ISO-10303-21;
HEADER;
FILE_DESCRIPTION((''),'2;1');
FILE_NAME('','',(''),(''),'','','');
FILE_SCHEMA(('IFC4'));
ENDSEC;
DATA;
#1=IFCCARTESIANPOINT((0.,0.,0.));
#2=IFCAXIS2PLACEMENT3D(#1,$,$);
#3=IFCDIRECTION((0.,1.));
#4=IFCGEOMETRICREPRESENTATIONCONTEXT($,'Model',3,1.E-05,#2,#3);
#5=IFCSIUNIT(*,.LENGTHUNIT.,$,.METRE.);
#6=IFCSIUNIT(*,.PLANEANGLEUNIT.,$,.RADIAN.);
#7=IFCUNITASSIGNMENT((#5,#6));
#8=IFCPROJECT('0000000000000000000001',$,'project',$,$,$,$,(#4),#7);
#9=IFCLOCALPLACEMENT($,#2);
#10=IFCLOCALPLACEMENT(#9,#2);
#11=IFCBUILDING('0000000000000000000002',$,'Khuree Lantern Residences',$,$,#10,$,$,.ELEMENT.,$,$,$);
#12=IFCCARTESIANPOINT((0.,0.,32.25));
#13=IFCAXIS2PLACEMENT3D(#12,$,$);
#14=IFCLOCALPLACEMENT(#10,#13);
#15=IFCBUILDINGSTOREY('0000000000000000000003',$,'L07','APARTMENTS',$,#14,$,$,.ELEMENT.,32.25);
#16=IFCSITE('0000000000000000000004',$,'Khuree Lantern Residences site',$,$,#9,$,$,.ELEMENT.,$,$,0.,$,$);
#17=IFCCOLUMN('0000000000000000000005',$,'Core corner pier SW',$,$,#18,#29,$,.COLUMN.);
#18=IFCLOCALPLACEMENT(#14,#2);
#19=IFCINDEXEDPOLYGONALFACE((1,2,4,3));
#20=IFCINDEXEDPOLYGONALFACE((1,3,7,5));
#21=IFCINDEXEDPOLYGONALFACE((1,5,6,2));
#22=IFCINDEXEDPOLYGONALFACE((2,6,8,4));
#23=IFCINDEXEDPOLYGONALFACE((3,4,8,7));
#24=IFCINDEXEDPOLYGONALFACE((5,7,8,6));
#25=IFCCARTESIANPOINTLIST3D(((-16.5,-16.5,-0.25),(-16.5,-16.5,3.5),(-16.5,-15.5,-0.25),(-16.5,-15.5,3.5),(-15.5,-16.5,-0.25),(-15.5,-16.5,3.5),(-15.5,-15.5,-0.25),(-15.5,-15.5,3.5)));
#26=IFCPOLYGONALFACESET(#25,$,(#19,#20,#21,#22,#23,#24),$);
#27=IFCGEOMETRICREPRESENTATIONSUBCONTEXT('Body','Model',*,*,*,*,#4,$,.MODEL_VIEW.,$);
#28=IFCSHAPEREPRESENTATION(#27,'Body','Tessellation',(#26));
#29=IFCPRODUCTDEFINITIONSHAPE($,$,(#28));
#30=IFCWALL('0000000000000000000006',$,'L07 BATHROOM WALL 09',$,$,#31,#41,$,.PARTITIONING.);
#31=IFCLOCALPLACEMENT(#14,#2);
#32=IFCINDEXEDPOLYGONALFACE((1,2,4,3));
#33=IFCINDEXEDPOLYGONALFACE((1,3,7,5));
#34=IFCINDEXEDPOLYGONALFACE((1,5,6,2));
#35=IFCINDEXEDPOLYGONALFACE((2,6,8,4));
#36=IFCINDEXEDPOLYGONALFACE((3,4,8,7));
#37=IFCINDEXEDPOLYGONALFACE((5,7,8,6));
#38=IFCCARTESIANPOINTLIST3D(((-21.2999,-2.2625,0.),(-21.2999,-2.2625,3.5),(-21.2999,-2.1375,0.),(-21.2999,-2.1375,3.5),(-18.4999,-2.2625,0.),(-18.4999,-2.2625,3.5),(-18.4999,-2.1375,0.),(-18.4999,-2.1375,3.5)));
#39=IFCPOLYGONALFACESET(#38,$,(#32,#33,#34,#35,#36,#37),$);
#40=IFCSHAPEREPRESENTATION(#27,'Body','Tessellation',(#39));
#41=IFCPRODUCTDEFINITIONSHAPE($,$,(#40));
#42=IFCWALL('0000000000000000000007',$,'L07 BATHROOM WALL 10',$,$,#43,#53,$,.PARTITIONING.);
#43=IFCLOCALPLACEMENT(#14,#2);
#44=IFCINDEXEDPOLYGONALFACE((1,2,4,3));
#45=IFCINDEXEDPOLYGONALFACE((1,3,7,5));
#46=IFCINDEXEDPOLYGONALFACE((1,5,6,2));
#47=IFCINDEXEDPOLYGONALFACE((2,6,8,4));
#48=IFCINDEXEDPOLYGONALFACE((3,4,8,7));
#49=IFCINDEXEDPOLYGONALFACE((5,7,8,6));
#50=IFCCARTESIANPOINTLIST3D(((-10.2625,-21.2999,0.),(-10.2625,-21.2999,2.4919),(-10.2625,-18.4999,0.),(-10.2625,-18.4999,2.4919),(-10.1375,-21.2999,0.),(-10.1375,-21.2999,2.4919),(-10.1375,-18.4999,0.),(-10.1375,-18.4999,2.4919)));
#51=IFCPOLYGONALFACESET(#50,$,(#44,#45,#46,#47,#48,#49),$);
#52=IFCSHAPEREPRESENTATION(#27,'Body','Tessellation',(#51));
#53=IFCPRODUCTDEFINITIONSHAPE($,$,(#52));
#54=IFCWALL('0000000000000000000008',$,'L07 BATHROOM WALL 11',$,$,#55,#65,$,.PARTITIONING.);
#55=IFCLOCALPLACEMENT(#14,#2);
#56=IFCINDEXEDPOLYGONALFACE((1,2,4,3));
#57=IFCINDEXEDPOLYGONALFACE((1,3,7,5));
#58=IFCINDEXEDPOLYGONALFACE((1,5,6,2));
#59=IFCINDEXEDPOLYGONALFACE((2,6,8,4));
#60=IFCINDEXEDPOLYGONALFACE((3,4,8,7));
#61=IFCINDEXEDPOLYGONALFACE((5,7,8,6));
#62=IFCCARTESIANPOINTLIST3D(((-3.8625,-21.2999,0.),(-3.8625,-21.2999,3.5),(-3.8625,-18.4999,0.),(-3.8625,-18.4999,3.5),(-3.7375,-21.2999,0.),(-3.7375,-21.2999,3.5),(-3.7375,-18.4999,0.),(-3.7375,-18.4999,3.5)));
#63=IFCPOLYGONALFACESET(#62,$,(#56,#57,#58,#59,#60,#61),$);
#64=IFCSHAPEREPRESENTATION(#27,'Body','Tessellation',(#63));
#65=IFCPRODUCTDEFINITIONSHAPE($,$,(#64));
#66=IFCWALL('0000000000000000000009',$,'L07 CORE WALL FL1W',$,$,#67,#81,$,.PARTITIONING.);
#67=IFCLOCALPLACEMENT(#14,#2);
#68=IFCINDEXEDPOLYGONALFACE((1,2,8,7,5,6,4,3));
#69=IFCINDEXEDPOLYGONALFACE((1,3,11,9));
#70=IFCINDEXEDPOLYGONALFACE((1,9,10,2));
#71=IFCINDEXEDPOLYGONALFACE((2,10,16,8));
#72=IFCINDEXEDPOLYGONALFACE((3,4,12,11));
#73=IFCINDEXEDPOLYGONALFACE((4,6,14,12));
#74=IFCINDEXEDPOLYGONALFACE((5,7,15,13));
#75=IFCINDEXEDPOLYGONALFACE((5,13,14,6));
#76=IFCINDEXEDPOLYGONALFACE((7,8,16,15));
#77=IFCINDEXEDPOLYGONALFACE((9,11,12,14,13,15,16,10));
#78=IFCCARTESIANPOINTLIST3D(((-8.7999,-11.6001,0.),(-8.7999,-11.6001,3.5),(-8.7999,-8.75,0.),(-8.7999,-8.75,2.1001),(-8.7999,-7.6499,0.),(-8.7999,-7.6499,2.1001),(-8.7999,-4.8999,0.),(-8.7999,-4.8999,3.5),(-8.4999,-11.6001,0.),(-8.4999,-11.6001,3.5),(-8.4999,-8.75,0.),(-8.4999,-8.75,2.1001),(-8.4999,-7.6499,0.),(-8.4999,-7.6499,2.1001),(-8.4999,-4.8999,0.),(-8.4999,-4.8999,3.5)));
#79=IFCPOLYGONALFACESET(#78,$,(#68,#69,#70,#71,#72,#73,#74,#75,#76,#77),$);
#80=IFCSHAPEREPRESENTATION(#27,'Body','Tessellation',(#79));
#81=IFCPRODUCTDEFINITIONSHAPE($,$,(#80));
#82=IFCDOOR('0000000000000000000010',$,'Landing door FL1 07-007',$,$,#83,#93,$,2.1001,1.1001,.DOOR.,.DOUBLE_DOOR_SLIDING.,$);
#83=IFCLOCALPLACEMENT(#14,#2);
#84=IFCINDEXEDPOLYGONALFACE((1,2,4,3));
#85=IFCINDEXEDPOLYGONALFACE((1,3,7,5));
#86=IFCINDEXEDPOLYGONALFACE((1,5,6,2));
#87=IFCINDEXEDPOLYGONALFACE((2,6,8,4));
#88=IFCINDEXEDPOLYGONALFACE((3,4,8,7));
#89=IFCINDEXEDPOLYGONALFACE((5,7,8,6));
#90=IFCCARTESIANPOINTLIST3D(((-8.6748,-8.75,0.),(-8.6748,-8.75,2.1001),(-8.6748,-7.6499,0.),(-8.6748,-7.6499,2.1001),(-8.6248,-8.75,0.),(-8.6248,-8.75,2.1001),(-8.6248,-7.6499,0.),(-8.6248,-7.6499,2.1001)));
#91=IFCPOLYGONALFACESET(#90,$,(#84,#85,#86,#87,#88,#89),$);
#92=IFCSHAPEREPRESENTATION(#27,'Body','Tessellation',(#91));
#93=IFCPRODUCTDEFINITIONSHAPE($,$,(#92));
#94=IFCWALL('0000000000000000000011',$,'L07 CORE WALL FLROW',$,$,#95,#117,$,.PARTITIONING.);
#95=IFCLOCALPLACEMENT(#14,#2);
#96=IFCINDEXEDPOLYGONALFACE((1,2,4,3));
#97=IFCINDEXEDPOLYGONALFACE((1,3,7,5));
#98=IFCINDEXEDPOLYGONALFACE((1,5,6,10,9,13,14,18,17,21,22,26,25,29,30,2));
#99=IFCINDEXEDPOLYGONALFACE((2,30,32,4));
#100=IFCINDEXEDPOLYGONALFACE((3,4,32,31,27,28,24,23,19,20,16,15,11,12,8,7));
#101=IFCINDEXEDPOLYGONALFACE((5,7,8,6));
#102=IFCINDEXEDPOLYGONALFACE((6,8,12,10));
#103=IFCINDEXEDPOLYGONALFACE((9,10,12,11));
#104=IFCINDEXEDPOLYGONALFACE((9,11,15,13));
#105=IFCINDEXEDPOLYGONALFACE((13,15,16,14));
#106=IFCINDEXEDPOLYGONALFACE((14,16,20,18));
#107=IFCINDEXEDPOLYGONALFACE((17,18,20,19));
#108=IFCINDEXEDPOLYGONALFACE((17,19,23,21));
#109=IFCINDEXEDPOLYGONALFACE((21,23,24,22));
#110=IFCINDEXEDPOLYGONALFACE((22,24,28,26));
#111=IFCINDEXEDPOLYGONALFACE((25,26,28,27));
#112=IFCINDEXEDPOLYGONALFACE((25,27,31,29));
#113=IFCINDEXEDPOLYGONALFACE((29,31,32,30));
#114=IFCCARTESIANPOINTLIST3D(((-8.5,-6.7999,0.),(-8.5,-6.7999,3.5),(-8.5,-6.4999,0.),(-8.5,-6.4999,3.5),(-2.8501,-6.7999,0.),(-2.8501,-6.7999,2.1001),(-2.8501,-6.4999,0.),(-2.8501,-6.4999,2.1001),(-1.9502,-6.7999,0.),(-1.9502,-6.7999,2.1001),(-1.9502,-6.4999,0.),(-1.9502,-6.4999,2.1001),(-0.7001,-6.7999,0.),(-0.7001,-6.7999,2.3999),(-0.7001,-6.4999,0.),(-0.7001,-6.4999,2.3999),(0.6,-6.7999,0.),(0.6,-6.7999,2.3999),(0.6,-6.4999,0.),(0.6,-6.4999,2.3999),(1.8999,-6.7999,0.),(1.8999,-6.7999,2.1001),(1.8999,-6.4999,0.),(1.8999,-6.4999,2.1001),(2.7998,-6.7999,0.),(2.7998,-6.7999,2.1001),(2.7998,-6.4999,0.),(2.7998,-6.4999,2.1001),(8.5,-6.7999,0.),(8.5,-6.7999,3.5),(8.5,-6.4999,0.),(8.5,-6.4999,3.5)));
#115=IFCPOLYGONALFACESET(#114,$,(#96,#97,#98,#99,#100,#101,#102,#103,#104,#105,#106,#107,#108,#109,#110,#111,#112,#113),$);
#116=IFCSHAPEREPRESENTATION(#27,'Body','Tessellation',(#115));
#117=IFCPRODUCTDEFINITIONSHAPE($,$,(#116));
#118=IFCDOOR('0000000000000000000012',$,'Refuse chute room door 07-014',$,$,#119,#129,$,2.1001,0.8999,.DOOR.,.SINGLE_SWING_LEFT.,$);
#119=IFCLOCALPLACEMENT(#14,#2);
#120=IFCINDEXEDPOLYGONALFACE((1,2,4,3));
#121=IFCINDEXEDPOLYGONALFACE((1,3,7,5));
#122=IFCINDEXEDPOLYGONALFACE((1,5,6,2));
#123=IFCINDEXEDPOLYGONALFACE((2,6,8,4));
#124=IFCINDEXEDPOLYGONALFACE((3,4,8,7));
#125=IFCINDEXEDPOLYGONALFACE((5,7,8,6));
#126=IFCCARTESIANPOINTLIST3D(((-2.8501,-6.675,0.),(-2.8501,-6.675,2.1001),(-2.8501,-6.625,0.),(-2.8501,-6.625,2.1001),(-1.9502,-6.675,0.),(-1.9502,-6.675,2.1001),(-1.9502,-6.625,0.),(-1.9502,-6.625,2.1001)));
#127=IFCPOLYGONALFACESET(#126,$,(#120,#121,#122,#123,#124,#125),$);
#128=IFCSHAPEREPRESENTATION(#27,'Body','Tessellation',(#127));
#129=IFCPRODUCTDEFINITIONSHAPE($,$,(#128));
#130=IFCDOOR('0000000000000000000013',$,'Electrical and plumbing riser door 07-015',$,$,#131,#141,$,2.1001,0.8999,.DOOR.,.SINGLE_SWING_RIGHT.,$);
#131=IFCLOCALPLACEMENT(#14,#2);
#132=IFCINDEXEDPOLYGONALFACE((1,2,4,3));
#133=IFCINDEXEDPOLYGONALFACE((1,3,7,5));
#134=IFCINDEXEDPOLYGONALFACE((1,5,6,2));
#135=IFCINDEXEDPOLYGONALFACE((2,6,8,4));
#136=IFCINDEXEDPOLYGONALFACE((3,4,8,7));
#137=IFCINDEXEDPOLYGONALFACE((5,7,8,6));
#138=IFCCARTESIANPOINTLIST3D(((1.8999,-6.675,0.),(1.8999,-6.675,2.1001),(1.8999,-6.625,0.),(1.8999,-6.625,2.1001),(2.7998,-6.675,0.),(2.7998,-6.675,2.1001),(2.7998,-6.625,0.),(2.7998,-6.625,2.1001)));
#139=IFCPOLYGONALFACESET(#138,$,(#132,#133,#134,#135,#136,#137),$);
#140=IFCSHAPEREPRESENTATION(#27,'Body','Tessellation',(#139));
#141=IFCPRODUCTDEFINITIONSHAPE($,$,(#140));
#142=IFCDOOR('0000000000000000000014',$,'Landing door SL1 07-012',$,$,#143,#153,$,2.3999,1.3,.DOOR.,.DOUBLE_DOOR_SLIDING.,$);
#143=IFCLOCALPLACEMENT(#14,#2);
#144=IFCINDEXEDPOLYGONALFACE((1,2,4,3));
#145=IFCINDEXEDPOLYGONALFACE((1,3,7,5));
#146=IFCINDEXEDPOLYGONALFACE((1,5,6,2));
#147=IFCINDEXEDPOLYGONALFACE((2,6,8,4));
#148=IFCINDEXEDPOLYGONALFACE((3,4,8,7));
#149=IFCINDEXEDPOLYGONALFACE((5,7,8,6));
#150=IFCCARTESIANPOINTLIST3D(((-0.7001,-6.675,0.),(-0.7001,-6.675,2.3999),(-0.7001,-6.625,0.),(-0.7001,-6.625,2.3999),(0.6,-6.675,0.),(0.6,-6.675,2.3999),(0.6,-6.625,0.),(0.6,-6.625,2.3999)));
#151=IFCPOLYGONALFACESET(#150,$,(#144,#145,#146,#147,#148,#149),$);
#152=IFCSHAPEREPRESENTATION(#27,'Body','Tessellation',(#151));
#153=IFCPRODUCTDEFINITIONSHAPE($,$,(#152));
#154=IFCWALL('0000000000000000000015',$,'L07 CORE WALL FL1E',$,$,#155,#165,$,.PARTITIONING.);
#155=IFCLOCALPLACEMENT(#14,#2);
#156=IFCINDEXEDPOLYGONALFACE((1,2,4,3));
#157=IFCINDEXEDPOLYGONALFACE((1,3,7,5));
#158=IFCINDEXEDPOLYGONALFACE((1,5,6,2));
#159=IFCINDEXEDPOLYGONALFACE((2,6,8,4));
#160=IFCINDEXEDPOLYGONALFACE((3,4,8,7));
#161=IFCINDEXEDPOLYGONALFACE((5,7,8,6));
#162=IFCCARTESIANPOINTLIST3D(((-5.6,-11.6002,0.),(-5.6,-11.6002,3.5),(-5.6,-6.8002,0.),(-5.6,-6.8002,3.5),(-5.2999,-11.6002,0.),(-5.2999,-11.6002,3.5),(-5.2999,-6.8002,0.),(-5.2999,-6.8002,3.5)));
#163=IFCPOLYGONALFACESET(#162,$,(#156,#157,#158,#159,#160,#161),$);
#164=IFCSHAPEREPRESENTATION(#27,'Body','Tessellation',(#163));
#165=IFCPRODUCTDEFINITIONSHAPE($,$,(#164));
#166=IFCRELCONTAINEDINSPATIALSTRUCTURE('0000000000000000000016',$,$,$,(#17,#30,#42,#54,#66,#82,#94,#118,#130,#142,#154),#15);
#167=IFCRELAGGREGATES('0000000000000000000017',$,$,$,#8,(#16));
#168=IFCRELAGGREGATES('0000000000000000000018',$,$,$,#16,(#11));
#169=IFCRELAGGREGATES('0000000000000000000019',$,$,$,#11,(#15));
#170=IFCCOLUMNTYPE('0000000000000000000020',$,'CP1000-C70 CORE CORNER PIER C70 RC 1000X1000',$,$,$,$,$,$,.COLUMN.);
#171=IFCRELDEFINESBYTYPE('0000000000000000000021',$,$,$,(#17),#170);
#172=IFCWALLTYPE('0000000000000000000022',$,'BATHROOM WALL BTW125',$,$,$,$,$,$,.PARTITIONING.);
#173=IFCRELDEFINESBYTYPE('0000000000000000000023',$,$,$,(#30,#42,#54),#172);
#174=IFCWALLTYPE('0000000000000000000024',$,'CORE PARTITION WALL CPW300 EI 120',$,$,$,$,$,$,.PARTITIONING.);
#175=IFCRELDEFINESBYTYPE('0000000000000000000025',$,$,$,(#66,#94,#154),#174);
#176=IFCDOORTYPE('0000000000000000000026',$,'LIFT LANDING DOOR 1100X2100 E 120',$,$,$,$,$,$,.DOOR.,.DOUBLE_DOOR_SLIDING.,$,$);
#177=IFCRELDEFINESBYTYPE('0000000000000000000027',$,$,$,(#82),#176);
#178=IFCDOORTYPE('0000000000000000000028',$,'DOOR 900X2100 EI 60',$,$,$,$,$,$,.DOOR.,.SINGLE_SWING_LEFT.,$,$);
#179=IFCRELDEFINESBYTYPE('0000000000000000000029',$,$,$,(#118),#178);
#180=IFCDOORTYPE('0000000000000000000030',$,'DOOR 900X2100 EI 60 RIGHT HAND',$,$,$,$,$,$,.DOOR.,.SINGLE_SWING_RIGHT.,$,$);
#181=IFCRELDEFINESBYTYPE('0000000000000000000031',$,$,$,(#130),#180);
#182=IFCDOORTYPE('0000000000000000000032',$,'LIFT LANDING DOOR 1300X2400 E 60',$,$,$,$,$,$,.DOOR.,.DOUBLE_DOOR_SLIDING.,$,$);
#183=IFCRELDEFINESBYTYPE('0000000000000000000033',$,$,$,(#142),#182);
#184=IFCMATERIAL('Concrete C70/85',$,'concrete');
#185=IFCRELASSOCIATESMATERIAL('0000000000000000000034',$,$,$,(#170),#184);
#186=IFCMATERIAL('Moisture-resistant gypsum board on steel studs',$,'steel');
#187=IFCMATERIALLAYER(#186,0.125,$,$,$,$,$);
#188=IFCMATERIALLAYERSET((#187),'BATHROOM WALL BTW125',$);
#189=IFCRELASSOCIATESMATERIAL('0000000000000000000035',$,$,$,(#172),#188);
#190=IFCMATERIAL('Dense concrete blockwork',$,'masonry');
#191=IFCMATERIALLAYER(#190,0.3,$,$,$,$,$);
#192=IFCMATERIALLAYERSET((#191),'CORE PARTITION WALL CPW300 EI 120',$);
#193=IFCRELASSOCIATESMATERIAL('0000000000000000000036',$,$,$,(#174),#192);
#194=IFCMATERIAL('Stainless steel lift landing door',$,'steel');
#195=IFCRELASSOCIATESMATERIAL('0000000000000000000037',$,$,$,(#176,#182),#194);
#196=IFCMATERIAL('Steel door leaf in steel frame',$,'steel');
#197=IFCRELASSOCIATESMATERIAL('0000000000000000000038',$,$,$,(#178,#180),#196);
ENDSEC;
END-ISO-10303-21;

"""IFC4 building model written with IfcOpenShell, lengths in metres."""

from ifc_helpers import new_model, si_unit, direction, frame, frame_2d, origin, origin_2d, place, context, subcontext, project, spatial, rectangle, extrude, material, layer, layer_set, material_profile, profile_set, type_object, element, fill, save


model = new_model("IFC4")

# Units and contexts
model_context = context("Model", 3, precision=1e-05, world=origin(), true_north=direction((0.0, 1.0)))
body_context = subcontext(model_context, "Body", "Model", "MODEL_VIEW")
ifc_project = project(units=[si_unit("LENGTHUNIT", "METRE"), si_unit("PLANEANGLEUNIT", "RADIAN")], contexts=[model_context])

# Site, building, storey
site_placement = place(None, origin())
site = spatial("IfcSite", under=ifc_project, at=site_placement, Name="Khuree Lantern Residences site", CompositionType="ELEMENT", RefElevation=0.0)
building_placement = place(site_placement, origin())
building = spatial("IfcBuilding", under=site, at=building_placement, Name="Khuree Lantern Residences", CompositionType="ELEMENT")
storey_placement = place(building_placement, frame((0.0, 0.0, 32.25)))
storey = spatial("IfcBuildingStorey", under=building, at=storey_placement, Name="L07", Description="APARTMENTS", CompositionType="ELEMENT", Elevation=32.25)

# Column
ifc_material_1 = material(Name="Concrete C70/85", Category="concrete")
ifc_material_profile = material_profile(ifc_material_1, rectangle(XDim=1.0, YDim=1.0, at=origin_2d()), Name="RC 1000X1000")
ifc_profile_set = profile_set([ifc_material_profile], Name="Concrete C70/85")
column_type = type_object("IfcColumnType", Name="CP1000-C70 CORE CORNER PIER C70 RC 1000X1000", PredefinedType="COLUMN", material=ifc_profile_set)
column_placement = place(storey_placement, frame((-16.0, -16.0, -0.25), z_axis=(0.0, 0.0, 1.0), x_axis=(1.0, 0.0, 0.0)))
element("IfcColumn", 1, at=column_placement, inside=storey, type_object=column_type, Name="Core corner pier SW", PredefinedType="COLUMN", context=body_context, shape_type="SweptSolid", body=[
    extrude(rectangle(XDim=1.0, YDim=1.0, at=origin_2d()), origin(), (0.0, 0.0, 1.0), 3.75),
])

# Walls
ifc_material_2 = material(Name="Moisture-resistant gypsum board on steel studs", Category="steel")
ifc_layer_1 = layer(ifc_material_2, 0.125)
ifc_layer_set_1 = layer_set([ifc_layer_1], Name="BATHROOM WALL BTW125")
wall_type_1 = type_object("IfcWallType", Name="BATHROOM WALL BTW125", PredefinedType="PARTITIONING", material=ifc_layer_set_1)
wall_1_placement = place(storey_placement, frame((-18.5, -2.2, 0.0), z_axis=(0.0, 0.0, 1.0), x_axis=(-1.0, 0.0, 0.0)))
element("IfcWall", 2, at=wall_1_placement, inside=storey, type_object=wall_type_1, Name="L07 BATHROOM WALL 09", PredefinedType="PARTITIONING", context=body_context, shape_type="SweptSolid", body=[
    extrude(rectangle(XDim=2.8, YDim=0.125, at=frame_2d((1.3999, 0.0))), origin(), (0.0, 0.0, 1.0), 3.5),
])
wall_2_placement = place(storey_placement, frame((-10.2, -18.5, 0.0), z_axis=(0.0, 0.0, 1.0), x_axis=(0.0, -1.0, 0.0)))
element("IfcWall", 3, at=wall_2_placement, inside=storey, type_object=wall_type_1, Name="L07 BATHROOM WALL 10", PredefinedType="PARTITIONING", context=body_context, shape_type="SweptSolid", body=[
    extrude(rectangle(XDim=2.8, YDim=0.125, at=frame_2d((1.3999, 0.0))), origin(), (0.0, 0.0, 1.0), 2.4919),
])
wall_3_placement = place(storey_placement, frame((-3.8, -18.5, 0.0), z_axis=(0.0, 0.0, 1.0), x_axis=(0.0, -1.0, 0.0)))
element("IfcWall", 4, at=wall_3_placement, inside=storey, type_object=wall_type_1, Name="L07 BATHROOM WALL 11", PredefinedType="PARTITIONING", context=body_context, shape_type="SweptSolid", body=[
    extrude(rectangle(XDim=2.8, YDim=0.125, at=frame_2d((1.3999, 0.0))), origin(), (0.0, 0.0, 1.0), 3.5),
])

# Wall, opening, door
ifc_material_3 = material(Name="Dense concrete blockwork", Category="masonry")
ifc_layer_2 = layer(ifc_material_3, 0.3)
ifc_layer_set_2 = layer_set([ifc_layer_2], Name="CORE PARTITION WALL CPW300 EI 120")
wall_type_2 = type_object("IfcWallType", Name="CORE PARTITION WALL CPW300 EI 120", PredefinedType="PARTITIONING", material=ifc_layer_set_2)
wall_4_placement = place(storey_placement, frame((-8.6499, -11.6001, 0.0), z_axis=(0.0, 0.0, 1.0), x_axis=(0.0, 1.0, 0.0)))
wall_4 = element("IfcWall", 5, at=wall_4_placement, inside=storey, type_object=wall_type_2, Name="L07 CORE WALL FL1W", PredefinedType="PARTITIONING", context=body_context, shape_type="SweptSolid", body=[
    extrude(rectangle(XDim=6.7002, YDim=0.3, at=frame_2d((3.3501, 0.0))), origin(), (0.0, 0.0, 1.0), 3.5),
])
opening_1_placement = place(wall_4_placement, frame((2.8501, 0.0, 0.0)))
opening_1 = element("IfcOpeningElement", 6, at=opening_1_placement, cuts=wall_4, PredefinedType="OPENING", context=body_context, shape_type="SweptSolid", body=[
    extrude(rectangle(XDim=1.1001, YDim=2.1001, at=frame_2d((0.55, 1.05))), frame((0.0, 0.1602, 0.0), z_axis=(0.0, -1.0, 0.0), x_axis=(1.0, 0.0, 0.0)), (0.0, 0.0, 1.0), 0.3201),
])
ifc_material_4 = material(Name="Stainless steel lift landing door", Category="steel")
door_type_1 = type_object("IfcDoorType", Name="LIFT LANDING DOOR 1100X2100 E 120", OperationType="DOUBLE_DOOR_SLIDING", PredefinedType="DOOR", material=ifc_material_4)
door_1_placement = place(opening_1_placement, origin())
door_1 = element("IfcDoor", 7, at=door_1_placement, inside=storey, type_object=door_type_1, Name="Landing door FL1 07-007", OperationType="DOUBLE_DOOR_SLIDING", OverallHeight=2.1001, OverallWidth=1.1001, PredefinedType="DOOR", context=body_context, shape_type="SweptSolid", body=[
    extrude(rectangle(XDim=1.1001, YDim=2.1001, at=frame_2d((0.55, 1.05))), frame((0.0, 0.0249, 0.0), z_axis=(0.0, -1.0, 0.0), x_axis=(1.0, 0.0, 0.0)), (0.0, 0.0, 1.0), 0.05),
])
fill(opening_1, door_1)

# Wall, openings, doors
wall_5_placement = place(storey_placement, frame((-8.5, -6.6499, 0.0), z_axis=(0.0, 0.0, 1.0), x_axis=(1.0, 0.0, 0.0)))
wall_5 = element("IfcWall", 8, at=wall_5_placement, inside=storey, type_object=wall_type_2, Name="L07 CORE WALL FLROW", PredefinedType="PARTITIONING", context=body_context, shape_type="SweptSolid", body=[
    extrude(rectangle(XDim=17.0, YDim=0.3, at=frame_2d((8.5, 0.0))), origin(), (0.0, 0.0, 1.0), 3.5),
])
opening_2_placement = place(wall_5_placement, frame((7.8, 0.0, 0.0)))
opening_2 = element("IfcOpeningElement", 9, at=opening_2_placement, cuts=wall_5, PredefinedType="OPENING", context=body_context, shape_type="SweptSolid", body=[
    extrude(rectangle(XDim=1.3, YDim=2.3999, at=frame_2d((0.6499, 1.2))), frame((0.0, 0.1602, 0.0), z_axis=(0.0, -1.0, 0.0), x_axis=(1.0, 0.0, 0.0)), (0.0, 0.0, 1.0), 0.3201),
])
opening_3_placement = place(wall_5_placement, frame((5.6499, 0.0, 0.0)))
opening_3 = element("IfcOpeningElement", 10, at=opening_3_placement, cuts=wall_5, PredefinedType="OPENING", context=body_context, shape_type="SweptSolid", body=[
    extrude(rectangle(XDim=0.8999, YDim=2.1001, at=frame_2d((0.45, 1.05))), frame((0.0, 0.1602, 0.0), z_axis=(0.0, -1.0, 0.0), x_axis=(1.0, 0.0, 0.0)), (0.0, 0.0, 1.0), 0.3201),
])
opening_4_placement = place(wall_5_placement, frame((10.3999, 0.0, 0.0)))
opening_4 = element("IfcOpeningElement", 11, at=opening_4_placement, cuts=wall_5, PredefinedType="OPENING", context=body_context, shape_type="SweptSolid", body=[
    extrude(rectangle(XDim=0.8999, YDim=2.1001, at=frame_2d((0.45, 1.05))), frame((0.0, 0.1602, 0.0), z_axis=(0.0, -1.0, 0.0), x_axis=(1.0, 0.0, 0.0)), (0.0, 0.0, 1.0), 0.3201),
])
ifc_material_5 = material(Name="Steel door leaf in steel frame", Category="steel")
door_type_2 = type_object("IfcDoorType", Name="DOOR 900X2100 EI 60", OperationType="SINGLE_SWING_LEFT", PredefinedType="DOOR", material=ifc_material_5)
door_2_placement = place(opening_3_placement, origin())
door_2 = element("IfcDoor", 12, at=door_2_placement, inside=storey, type_object=door_type_2, Name="Refuse chute room door 07-014", OperationType="SINGLE_SWING_LEFT", OverallHeight=2.1001, OverallWidth=0.8999, PredefinedType="DOOR", context=body_context, shape_type="SweptSolid", body=[
    extrude(rectangle(XDim=0.8999, YDim=2.1001, at=frame_2d((0.45, 1.05))), frame((0.0, 0.0249, 0.0), z_axis=(0.0, -1.0, 0.0), x_axis=(1.0, 0.0, 0.0)), (0.0, 0.0, 1.0), 0.05),
])
fill(opening_3, door_2)
door_type_3 = type_object("IfcDoorType", Name="DOOR 900X2100 EI 60 RIGHT HAND", OperationType="SINGLE_SWING_RIGHT", PredefinedType="DOOR", material=ifc_material_5)
door_3_placement = place(opening_4_placement, origin())
door_3 = element("IfcDoor", 13, at=door_3_placement, inside=storey, type_object=door_type_3, Name="Electrical and plumbing riser door 07-015", OperationType="SINGLE_SWING_RIGHT", OverallHeight=2.1001, OverallWidth=0.8999, PredefinedType="DOOR", context=body_context, shape_type="SweptSolid", body=[
    extrude(rectangle(XDim=0.8999, YDim=2.1001, at=frame_2d((0.45, 1.05))), frame((0.0, 0.0249, 0.0), z_axis=(0.0, -1.0, 0.0), x_axis=(1.0, 0.0, 0.0)), (0.0, 0.0, 1.0), 0.05),
])
fill(opening_4, door_3)
door_type_4 = type_object("IfcDoorType", Name="LIFT LANDING DOOR 1300X2400 E 60", OperationType="DOUBLE_DOOR_SLIDING", PredefinedType="DOOR", material=ifc_material_4)
door_4_placement = place(opening_2_placement, origin())
door_4 = element("IfcDoor", 14, at=door_4_placement, inside=storey, type_object=door_type_4, Name="Landing door SL1 07-012", OperationType="DOUBLE_DOOR_SLIDING", OverallHeight=2.3999, OverallWidth=1.3, PredefinedType="DOOR", context=body_context, shape_type="SweptSolid", body=[
    extrude(rectangle(XDim=1.3, YDim=2.3999, at=frame_2d((0.6499, 1.2))), frame((0.0, 0.0249, 0.0), z_axis=(0.0, -1.0, 0.0), x_axis=(1.0, 0.0, 0.0)), (0.0, 0.0, 1.0), 0.05),
])
fill(opening_2, door_4)

# Wall
for number, where, z_axis, x_axis, name in (
    (15, (-5.45, -11.6001, 0.0), (0.0, 0.0, 1.0), (0.0, 1.0, 0.0), "L07 CORE WALL FL1E"),
):
    element("IfcWall", number, at=place(storey_placement, frame(where, z_axis=z_axis, x_axis=x_axis)), inside=storey, type_object=wall_type_2, Name=name, PredefinedType="PARTITIONING", context=body_context, shape_type="SweptSolid", body=[
        extrude(rectangle(XDim=4.8, YDim=0.3, at=frame_2d((2.3999, 0.0))), origin(), (0.0, 0.0, 1.0), 3.5),
    ])

save(model, "model.ifc")
